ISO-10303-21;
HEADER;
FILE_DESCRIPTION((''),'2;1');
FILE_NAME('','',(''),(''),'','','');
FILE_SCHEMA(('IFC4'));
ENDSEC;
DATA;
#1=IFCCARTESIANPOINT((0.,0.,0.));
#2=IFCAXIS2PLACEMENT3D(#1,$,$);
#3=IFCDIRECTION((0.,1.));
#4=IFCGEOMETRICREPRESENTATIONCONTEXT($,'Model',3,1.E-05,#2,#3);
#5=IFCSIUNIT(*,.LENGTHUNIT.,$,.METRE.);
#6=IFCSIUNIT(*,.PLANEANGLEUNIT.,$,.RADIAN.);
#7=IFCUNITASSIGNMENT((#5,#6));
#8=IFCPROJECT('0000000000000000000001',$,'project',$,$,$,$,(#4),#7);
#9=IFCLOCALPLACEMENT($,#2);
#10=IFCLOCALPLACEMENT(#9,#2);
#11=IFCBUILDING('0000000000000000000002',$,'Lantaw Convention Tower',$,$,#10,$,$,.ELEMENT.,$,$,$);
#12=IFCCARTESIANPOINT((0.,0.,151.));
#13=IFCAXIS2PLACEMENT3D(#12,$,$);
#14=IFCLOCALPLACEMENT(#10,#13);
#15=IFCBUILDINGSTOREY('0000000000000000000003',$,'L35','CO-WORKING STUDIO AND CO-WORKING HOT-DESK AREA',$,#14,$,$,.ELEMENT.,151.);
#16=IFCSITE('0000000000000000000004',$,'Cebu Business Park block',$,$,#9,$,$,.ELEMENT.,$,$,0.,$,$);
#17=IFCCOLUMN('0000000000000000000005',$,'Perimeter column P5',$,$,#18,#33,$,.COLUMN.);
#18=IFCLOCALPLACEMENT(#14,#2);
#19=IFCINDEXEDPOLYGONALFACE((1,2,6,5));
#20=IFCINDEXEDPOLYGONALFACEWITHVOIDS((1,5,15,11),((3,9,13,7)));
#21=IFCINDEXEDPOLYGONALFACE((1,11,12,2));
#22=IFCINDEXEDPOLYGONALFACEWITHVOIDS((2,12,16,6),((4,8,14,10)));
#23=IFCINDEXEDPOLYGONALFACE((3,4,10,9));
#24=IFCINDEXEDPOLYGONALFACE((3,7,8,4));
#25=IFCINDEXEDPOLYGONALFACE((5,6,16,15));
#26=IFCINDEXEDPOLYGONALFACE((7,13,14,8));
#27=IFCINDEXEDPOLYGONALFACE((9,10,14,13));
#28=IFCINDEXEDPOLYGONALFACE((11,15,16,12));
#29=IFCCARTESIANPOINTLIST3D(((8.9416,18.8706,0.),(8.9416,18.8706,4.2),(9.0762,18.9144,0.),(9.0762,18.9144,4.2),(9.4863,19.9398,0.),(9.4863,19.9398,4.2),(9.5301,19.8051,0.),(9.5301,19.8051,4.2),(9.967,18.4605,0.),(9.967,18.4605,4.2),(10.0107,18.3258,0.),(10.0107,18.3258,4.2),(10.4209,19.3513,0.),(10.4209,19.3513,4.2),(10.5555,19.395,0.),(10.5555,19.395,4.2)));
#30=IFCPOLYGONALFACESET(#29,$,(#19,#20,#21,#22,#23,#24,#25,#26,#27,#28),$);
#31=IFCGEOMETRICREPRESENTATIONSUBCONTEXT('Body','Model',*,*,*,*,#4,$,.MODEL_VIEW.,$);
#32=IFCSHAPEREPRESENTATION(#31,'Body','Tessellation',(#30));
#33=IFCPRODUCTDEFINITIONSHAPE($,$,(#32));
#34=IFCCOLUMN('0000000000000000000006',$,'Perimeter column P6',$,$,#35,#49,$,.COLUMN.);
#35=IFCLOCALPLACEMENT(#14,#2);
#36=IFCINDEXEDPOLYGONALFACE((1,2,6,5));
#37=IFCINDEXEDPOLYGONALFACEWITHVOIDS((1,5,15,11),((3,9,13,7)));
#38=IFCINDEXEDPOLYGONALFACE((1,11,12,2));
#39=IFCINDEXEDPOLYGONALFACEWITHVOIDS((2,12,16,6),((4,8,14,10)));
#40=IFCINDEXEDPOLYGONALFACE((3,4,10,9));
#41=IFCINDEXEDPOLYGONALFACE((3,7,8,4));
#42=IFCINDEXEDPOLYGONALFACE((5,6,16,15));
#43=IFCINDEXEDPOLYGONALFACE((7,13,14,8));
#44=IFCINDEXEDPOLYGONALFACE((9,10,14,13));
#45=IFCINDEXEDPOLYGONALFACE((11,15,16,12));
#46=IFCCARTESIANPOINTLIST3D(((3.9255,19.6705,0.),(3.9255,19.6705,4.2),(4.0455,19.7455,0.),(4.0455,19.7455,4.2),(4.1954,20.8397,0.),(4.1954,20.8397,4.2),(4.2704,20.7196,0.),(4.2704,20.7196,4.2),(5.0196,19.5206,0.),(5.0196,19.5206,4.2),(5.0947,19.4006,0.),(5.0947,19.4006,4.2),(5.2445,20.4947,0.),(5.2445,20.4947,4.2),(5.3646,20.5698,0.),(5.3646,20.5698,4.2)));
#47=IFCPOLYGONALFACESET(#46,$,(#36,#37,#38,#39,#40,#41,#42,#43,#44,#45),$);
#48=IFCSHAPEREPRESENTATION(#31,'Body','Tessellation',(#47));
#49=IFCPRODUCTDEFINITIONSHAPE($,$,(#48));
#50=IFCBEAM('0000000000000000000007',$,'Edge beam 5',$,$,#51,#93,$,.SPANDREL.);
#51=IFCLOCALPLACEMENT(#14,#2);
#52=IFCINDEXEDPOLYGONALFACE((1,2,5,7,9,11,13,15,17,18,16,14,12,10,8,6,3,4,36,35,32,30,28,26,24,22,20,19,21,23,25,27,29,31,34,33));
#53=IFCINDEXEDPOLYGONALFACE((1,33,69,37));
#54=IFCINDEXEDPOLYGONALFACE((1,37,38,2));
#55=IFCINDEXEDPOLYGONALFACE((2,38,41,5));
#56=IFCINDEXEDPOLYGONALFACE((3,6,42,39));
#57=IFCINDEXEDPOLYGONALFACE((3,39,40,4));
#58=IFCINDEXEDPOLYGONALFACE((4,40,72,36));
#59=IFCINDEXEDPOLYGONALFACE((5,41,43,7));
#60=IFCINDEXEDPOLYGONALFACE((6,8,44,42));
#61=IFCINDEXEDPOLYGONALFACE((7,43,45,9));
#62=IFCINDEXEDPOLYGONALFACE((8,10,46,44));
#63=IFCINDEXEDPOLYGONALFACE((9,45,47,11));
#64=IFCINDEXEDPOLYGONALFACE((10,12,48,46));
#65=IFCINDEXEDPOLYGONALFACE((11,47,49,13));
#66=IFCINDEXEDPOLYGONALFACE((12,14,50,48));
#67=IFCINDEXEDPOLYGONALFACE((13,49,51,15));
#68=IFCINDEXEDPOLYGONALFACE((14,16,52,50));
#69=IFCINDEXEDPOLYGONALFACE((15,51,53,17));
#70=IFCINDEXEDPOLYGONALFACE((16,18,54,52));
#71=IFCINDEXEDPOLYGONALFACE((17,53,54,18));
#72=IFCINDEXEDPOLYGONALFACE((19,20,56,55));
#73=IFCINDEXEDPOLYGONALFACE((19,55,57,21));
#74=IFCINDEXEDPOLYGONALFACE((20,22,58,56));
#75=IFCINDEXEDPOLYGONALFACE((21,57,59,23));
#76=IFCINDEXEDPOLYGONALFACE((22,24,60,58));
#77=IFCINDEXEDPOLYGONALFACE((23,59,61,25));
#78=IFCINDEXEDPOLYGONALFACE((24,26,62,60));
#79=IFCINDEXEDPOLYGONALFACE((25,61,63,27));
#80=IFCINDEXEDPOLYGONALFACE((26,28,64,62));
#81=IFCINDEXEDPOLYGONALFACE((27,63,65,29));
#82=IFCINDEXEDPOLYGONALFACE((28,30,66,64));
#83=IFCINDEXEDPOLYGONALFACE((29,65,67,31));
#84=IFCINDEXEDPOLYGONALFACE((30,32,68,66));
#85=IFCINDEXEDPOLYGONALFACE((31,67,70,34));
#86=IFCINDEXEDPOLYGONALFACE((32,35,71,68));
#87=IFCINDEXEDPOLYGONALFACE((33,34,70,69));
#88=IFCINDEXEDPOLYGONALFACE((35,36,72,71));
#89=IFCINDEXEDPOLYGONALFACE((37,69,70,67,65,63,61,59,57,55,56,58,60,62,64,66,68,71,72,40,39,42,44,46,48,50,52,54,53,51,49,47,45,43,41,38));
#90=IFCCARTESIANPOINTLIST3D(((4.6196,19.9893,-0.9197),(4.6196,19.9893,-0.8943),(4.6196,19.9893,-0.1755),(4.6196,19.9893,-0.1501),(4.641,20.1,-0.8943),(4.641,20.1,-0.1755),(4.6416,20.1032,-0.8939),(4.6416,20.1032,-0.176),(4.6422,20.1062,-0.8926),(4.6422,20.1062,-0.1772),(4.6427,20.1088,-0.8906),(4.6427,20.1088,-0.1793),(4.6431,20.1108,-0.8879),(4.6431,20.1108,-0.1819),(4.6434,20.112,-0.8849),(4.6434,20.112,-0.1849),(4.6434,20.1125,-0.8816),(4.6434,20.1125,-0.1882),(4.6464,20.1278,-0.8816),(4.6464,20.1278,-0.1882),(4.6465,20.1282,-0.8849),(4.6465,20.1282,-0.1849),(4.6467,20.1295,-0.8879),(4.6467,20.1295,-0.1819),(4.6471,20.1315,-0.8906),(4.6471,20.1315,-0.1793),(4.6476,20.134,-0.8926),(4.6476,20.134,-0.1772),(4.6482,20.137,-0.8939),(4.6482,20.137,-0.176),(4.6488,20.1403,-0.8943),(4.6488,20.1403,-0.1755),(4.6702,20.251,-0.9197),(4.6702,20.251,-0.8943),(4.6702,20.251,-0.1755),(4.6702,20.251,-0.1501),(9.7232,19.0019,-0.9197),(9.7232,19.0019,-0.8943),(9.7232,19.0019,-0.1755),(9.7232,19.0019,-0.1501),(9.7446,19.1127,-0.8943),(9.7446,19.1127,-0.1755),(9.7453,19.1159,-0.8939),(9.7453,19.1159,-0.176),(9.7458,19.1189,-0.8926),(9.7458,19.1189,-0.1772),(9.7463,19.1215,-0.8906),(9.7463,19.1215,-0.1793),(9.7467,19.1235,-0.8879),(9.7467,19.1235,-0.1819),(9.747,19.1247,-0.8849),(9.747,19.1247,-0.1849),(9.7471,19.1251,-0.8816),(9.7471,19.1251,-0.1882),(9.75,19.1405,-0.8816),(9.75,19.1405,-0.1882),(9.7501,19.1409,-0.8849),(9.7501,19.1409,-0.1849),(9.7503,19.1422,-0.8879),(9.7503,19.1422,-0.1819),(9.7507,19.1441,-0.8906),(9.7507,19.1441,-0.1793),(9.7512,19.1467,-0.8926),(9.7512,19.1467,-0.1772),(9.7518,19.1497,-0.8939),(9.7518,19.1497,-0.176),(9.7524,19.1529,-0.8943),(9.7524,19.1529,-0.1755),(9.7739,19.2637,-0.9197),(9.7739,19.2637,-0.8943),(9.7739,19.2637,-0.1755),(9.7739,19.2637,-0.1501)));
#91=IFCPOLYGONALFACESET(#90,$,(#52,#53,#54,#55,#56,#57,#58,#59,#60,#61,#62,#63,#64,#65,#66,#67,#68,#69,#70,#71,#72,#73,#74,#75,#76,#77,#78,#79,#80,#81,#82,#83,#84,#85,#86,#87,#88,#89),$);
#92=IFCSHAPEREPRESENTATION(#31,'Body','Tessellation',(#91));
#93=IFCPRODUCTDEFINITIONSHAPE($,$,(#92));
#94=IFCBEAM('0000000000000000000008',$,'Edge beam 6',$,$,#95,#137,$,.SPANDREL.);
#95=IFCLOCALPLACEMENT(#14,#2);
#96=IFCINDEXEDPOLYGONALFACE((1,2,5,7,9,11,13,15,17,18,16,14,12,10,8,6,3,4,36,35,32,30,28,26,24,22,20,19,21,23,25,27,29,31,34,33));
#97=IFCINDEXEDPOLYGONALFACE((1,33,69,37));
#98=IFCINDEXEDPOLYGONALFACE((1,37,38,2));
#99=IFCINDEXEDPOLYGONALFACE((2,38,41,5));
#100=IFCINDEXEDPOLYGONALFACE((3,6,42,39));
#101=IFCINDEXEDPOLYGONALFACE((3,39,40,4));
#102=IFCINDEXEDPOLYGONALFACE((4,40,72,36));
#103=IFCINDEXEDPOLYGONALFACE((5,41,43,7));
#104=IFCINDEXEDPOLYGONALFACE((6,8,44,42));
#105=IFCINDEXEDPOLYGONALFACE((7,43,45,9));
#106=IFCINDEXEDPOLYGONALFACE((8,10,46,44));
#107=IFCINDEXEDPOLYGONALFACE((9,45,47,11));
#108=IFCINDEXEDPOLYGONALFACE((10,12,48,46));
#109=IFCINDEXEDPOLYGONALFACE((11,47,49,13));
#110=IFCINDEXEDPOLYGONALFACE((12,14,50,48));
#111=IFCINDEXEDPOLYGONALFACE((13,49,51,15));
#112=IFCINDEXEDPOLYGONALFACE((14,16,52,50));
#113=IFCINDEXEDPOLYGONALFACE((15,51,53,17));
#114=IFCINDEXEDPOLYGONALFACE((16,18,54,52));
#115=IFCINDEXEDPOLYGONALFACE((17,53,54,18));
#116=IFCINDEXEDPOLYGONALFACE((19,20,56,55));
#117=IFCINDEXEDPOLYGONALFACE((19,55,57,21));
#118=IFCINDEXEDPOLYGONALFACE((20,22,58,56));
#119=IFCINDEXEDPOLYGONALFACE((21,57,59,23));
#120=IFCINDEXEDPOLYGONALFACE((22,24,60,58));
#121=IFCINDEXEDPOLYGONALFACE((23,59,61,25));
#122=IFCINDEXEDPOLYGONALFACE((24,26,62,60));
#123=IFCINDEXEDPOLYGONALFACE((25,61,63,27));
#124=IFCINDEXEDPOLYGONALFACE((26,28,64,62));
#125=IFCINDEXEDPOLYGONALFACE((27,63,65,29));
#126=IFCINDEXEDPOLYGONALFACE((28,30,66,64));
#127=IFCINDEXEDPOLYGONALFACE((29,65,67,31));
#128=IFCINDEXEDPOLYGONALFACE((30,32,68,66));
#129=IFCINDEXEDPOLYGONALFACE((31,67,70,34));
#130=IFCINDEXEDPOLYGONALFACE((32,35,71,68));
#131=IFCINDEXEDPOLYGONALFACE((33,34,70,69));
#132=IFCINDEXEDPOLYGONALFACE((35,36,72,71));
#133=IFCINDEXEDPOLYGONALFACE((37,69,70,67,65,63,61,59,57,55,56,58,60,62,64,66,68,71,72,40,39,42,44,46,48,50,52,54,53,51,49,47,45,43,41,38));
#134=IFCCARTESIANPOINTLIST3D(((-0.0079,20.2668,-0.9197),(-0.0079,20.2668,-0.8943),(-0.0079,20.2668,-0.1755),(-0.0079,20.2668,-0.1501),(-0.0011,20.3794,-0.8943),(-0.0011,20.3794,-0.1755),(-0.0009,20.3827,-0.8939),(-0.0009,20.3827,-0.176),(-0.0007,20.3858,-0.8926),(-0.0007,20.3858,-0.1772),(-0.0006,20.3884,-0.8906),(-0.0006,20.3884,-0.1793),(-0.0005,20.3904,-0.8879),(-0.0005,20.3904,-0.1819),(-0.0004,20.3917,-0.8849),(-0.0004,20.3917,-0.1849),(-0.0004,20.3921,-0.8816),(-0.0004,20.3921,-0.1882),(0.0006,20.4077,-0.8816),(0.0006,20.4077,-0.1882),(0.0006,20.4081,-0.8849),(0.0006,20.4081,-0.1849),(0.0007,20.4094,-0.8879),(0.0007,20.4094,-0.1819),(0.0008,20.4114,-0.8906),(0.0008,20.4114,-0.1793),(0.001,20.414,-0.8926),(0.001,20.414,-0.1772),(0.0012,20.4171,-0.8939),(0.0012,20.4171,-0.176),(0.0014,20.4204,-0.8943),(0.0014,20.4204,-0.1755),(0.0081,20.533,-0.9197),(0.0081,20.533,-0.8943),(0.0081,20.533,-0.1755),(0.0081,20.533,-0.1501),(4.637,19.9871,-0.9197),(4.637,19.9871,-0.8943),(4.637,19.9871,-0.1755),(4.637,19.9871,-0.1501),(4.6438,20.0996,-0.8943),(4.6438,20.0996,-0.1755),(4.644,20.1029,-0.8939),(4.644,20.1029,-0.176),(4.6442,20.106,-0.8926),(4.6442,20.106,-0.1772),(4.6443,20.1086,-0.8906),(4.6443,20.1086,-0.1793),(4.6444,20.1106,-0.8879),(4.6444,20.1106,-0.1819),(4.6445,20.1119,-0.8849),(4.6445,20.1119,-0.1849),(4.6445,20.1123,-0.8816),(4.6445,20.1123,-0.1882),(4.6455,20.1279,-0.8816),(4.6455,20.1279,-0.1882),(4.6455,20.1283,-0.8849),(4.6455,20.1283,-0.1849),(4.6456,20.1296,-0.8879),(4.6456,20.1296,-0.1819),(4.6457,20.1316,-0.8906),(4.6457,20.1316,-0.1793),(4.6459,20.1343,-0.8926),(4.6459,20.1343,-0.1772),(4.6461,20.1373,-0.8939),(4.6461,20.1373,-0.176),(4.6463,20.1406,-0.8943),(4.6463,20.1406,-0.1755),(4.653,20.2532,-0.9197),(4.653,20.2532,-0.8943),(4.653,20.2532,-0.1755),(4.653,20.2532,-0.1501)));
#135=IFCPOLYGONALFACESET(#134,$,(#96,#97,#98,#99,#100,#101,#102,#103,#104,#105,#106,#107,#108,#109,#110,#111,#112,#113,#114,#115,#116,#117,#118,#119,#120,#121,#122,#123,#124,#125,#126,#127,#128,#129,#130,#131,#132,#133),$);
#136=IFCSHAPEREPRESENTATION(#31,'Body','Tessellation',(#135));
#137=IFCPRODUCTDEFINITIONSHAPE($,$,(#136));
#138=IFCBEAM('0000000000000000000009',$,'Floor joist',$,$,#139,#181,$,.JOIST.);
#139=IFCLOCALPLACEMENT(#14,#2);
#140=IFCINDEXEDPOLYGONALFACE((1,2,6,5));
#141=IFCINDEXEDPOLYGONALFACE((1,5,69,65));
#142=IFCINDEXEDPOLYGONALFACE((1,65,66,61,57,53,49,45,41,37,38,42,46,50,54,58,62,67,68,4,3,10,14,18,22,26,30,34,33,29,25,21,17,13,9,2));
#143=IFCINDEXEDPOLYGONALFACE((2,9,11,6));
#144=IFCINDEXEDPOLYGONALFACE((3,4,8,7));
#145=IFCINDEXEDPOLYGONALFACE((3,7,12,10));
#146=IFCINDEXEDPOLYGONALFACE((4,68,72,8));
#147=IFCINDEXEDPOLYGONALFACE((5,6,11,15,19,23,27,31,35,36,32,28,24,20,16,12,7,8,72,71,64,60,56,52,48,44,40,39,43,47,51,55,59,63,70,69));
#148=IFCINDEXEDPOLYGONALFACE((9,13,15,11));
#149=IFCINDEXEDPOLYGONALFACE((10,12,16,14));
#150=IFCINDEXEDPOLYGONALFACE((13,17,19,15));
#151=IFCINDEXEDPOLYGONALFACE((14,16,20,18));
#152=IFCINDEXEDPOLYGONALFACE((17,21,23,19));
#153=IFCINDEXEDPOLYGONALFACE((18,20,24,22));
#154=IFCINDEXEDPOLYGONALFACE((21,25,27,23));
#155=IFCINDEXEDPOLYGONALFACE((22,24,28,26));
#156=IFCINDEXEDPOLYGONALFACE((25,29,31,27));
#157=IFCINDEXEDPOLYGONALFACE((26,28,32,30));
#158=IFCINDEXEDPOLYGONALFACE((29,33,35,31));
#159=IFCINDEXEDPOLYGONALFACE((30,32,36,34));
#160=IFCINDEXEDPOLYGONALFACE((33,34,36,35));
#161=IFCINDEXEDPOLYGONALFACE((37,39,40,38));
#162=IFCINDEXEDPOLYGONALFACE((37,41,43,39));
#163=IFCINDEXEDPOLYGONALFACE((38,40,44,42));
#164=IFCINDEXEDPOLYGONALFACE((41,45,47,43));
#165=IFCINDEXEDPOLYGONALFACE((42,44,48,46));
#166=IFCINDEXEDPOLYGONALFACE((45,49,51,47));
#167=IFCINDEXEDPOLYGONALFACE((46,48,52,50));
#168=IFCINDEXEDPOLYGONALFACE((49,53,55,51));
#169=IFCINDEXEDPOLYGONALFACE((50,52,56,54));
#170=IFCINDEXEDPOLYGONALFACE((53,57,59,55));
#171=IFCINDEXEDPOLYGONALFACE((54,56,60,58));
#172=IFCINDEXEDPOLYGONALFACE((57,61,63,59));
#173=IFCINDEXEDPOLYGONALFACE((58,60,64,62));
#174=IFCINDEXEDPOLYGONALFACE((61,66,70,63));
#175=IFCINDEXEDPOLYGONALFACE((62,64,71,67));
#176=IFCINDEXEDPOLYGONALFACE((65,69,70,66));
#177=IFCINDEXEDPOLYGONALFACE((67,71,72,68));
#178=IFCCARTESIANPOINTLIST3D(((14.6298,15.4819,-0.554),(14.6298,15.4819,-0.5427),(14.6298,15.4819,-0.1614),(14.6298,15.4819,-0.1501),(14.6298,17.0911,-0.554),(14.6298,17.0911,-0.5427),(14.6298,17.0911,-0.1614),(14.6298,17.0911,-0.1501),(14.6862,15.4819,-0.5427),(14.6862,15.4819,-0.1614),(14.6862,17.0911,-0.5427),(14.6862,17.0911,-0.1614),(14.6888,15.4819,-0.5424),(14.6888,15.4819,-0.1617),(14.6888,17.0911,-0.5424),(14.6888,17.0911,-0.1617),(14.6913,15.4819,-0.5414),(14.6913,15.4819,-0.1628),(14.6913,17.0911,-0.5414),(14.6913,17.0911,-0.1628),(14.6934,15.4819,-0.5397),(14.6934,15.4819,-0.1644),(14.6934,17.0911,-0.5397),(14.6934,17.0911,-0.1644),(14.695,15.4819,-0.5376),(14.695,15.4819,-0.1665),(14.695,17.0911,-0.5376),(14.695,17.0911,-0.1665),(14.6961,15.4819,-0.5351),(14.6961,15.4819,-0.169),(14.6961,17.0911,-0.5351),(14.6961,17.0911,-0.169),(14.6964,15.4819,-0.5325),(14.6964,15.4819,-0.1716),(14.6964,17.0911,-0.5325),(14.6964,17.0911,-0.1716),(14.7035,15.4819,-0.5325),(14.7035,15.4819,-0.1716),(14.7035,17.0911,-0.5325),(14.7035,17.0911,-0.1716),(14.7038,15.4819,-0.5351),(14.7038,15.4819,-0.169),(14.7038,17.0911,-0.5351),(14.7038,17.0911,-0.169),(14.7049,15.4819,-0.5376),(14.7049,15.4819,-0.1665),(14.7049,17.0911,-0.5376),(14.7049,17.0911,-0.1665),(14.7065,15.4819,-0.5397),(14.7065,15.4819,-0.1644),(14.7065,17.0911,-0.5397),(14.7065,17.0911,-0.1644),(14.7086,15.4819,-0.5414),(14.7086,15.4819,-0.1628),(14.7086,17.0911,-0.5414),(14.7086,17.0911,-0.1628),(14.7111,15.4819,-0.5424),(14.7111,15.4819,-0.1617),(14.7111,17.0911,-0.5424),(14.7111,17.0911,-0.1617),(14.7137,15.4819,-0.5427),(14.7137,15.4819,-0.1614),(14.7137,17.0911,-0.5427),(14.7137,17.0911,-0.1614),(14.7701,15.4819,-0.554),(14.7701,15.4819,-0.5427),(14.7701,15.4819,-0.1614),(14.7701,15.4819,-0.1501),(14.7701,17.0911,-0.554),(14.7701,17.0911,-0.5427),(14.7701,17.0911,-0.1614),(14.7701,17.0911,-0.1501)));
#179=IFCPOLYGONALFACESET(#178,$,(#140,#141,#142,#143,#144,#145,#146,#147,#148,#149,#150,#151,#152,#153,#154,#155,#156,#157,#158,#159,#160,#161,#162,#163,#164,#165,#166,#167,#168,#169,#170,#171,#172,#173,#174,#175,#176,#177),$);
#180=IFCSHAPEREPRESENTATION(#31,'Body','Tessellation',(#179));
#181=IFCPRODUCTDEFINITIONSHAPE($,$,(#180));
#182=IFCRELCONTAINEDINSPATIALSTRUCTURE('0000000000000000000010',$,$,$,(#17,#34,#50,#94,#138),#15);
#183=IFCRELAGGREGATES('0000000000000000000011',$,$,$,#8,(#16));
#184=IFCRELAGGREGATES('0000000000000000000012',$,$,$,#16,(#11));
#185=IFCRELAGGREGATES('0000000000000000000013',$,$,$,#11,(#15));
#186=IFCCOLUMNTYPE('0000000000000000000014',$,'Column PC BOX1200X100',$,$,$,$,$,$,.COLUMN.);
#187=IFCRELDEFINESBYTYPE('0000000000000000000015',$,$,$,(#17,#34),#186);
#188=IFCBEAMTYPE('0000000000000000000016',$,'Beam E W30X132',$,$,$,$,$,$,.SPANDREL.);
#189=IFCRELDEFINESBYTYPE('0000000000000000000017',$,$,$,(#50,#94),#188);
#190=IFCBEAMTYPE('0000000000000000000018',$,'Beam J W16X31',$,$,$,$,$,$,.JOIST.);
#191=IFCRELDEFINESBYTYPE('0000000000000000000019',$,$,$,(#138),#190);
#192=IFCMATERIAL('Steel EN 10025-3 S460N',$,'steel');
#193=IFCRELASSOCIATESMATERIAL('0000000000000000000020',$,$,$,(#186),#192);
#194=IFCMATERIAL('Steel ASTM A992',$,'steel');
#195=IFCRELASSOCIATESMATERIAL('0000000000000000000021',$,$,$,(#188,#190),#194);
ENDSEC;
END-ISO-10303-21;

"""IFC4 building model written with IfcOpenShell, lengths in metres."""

from ifc_helpers import new_model, si_unit, direction, frame, origin, origin_2d, place, context, subcontext, project, spatial, rectangle, hollow_rectangle, i_section, extrude, material, material_profile, profile_set, type_object, element, save


model = new_model("IFC4")

# Units and contexts
model_context = context("Model", 3, precision=1e-05, world=origin(), true_north=direction((0.0, 1.0)))
body_context = subcontext(model_context, "Body", "Model", "MODEL_VIEW")
ifc_project = project(units=[si_unit("LENGTHUNIT", "METRE"), si_unit("PLANEANGLEUNIT", "RADIAN")], contexts=[model_context])

# Site, building, storey
site_placement = place(None, origin())
site = spatial("IfcSite", under=ifc_project, at=site_placement, Name="Cebu Business Park block", CompositionType="ELEMENT", RefElevation=0.0)
building_placement = place(site_placement, origin())
building = spatial("IfcBuilding", under=site, at=building_placement, Name="Lantaw Convention Tower", CompositionType="ELEMENT")
storey_placement = place(building_placement, frame((0.0, 0.0, 151.0)))
storey = spatial("IfcBuildingStorey", under=building, at=storey_placement, Name="L35", Description="CO-WORKING STUDIO AND CO-WORKING HOT-DESK AREA", CompositionType="ELEMENT", Elevation=151.0)

# Columns
ifc_material_1 = material(Name="Steel EN 10025-3 S460N", Category="steel")
ifc_material_profile_1 = material_profile(ifc_material_1, hollow_rectangle(XDim=1.2, YDim=1.2, WallThickness=0.1001, at=origin_2d()), Name="BOX1200X100")
ifc_material_2 = material(Name="Concrete C60/75", Category="concrete")
ifc_material_profile_2 = material_profile(ifc_material_2, rectangle(XDim=1.0, YDim=1.0, at=origin_2d()), Name="Concrete fill of BOX1200X100")
ifc_profile_set_1 = profile_set([ifc_material_profile_1, ifc_material_profile_2], Name="Steel EN 10025-3 S460N")
column_type = type_object("IfcColumnType", Name="Column PC BOX1200X100", PredefinedType="COLUMN", material=ifc_profile_set_1)
for number, where, z_axis, x_axis, name in (
    (1, (9.7485, 19.1328, 0.0), (0.0, 0.0, 1.0), (0.45399, 0.891007, 0.0), "Perimeter column P5"),
    (2, (4.645, 20.1201, 0.0), (0.0, 0.0, 1.0), (0.224951, 0.97437, 0.0), "Perimeter column P6"),
):
    element("IfcColumn", number, at=place(storey_placement, frame(where, z_axis=z_axis, x_axis=x_axis)), inside=storey, type_object=column_type, Name=name, PredefinedType="COLUMN", context=body_context, shape_type="SweptSolid", body=[
        extrude(hollow_rectangle(XDim=1.2, YDim=1.2, WallThickness=0.1001, at=origin_2d()), origin(), (0.0, 0.0, 1.0), 4.2),
    ])

# Beams
ifc_material_3 = material(Name="Steel ASTM A992", Category="steel")
ifc_material_profile_3 = material_profile(ifc_material_3, i_section(OverallWidth=0.2666, OverallDepth=0.7695, WebThickness=0.0156, FlangeThickness=0.0254, FilletRadius=0.0127, at=origin_2d()), Name="W30X132")
ifc_profile_set_2 = profile_set([ifc_material_profile_3], Name="Steel ASTM A992")
beam_type_1 = type_object("IfcBeamType", Name="Beam E W30X132", PredefinedType="SPANDREL", material=ifc_profile_set_2)
beam_1_placement = place(storey_placement, frame((9.7485, 19.1328, -0.5349), z_axis=(-0.981797, 0.189934, 0.0), x_axis=(-0.189934, -0.981797, 0.0)))
element("IfcBeam", 3, at=beam_1_placement, inside=storey, type_object=beam_type_1, Name="Edge beam 5", PredefinedType="SPANDREL", context=body_context, shape_type="SweptSolid", body=[
    extrude(i_section(OverallWidth=0.2666, OverallDepth=0.7695, WebThickness=0.0156, FlangeThickness=0.0254, FilletRadius=0.0127, at=origin_2d()), origin(), (0.0, 0.0, 1.0), 5.1982),
])
beam_2_placement = place(storey_placement, frame((4.645, 20.1201, -0.5349), z_axis=(-0.998191, 0.060124, 0.0), x_axis=(-0.060124, -0.998191, 0.0)))
element("IfcBeam", 4, at=beam_2_placement, inside=storey, type_object=beam_type_1, Name="Edge beam 6", PredefinedType="SPANDREL", context=body_context, shape_type="SweptSolid", body=[
    extrude(i_section(OverallWidth=0.2666, OverallDepth=0.7695, WebThickness=0.0156, FlangeThickness=0.0254, FilletRadius=0.0127, at=origin_2d()), origin(), (0.0, 0.0, 1.0), 4.6533),
])
ifc_material_profile_4 = material_profile(ifc_material_3, i_section(OverallWidth=0.1404, OverallDepth=0.4038, WebThickness=0.0071, FlangeThickness=0.0112, FilletRadius=0.0103, at=origin_2d()), Name="W16X31")
ifc_profile_set_3 = profile_set([ifc_material_profile_4], Name="Steel ASTM A992")
beam_type_2 = type_object("IfcBeamType", Name="Beam J W16X31", PredefinedType="JOIST", material=ifc_profile_set_3)
beam_3_placement = place(storey_placement, frame((14.7, 15.4819, -0.3521), z_axis=(0.0, 1.0, 0.0), x_axis=(-1.0, 0.0, 0.0)))
element("IfcBeam", 5, at=beam_3_placement, inside=storey, type_object=beam_type_2, Name="Floor joist", PredefinedType="JOIST", context=body_context, shape_type="SweptSolid", body=[
    extrude(i_section(OverallWidth=0.1404, OverallDepth=0.4038, WebThickness=0.0071, FlangeThickness=0.0112, FilletRadius=0.0103, at=origin_2d()), origin(), (0.0, 0.0, 1.0), 1.6091),
])

save(model, "model.ifc")
